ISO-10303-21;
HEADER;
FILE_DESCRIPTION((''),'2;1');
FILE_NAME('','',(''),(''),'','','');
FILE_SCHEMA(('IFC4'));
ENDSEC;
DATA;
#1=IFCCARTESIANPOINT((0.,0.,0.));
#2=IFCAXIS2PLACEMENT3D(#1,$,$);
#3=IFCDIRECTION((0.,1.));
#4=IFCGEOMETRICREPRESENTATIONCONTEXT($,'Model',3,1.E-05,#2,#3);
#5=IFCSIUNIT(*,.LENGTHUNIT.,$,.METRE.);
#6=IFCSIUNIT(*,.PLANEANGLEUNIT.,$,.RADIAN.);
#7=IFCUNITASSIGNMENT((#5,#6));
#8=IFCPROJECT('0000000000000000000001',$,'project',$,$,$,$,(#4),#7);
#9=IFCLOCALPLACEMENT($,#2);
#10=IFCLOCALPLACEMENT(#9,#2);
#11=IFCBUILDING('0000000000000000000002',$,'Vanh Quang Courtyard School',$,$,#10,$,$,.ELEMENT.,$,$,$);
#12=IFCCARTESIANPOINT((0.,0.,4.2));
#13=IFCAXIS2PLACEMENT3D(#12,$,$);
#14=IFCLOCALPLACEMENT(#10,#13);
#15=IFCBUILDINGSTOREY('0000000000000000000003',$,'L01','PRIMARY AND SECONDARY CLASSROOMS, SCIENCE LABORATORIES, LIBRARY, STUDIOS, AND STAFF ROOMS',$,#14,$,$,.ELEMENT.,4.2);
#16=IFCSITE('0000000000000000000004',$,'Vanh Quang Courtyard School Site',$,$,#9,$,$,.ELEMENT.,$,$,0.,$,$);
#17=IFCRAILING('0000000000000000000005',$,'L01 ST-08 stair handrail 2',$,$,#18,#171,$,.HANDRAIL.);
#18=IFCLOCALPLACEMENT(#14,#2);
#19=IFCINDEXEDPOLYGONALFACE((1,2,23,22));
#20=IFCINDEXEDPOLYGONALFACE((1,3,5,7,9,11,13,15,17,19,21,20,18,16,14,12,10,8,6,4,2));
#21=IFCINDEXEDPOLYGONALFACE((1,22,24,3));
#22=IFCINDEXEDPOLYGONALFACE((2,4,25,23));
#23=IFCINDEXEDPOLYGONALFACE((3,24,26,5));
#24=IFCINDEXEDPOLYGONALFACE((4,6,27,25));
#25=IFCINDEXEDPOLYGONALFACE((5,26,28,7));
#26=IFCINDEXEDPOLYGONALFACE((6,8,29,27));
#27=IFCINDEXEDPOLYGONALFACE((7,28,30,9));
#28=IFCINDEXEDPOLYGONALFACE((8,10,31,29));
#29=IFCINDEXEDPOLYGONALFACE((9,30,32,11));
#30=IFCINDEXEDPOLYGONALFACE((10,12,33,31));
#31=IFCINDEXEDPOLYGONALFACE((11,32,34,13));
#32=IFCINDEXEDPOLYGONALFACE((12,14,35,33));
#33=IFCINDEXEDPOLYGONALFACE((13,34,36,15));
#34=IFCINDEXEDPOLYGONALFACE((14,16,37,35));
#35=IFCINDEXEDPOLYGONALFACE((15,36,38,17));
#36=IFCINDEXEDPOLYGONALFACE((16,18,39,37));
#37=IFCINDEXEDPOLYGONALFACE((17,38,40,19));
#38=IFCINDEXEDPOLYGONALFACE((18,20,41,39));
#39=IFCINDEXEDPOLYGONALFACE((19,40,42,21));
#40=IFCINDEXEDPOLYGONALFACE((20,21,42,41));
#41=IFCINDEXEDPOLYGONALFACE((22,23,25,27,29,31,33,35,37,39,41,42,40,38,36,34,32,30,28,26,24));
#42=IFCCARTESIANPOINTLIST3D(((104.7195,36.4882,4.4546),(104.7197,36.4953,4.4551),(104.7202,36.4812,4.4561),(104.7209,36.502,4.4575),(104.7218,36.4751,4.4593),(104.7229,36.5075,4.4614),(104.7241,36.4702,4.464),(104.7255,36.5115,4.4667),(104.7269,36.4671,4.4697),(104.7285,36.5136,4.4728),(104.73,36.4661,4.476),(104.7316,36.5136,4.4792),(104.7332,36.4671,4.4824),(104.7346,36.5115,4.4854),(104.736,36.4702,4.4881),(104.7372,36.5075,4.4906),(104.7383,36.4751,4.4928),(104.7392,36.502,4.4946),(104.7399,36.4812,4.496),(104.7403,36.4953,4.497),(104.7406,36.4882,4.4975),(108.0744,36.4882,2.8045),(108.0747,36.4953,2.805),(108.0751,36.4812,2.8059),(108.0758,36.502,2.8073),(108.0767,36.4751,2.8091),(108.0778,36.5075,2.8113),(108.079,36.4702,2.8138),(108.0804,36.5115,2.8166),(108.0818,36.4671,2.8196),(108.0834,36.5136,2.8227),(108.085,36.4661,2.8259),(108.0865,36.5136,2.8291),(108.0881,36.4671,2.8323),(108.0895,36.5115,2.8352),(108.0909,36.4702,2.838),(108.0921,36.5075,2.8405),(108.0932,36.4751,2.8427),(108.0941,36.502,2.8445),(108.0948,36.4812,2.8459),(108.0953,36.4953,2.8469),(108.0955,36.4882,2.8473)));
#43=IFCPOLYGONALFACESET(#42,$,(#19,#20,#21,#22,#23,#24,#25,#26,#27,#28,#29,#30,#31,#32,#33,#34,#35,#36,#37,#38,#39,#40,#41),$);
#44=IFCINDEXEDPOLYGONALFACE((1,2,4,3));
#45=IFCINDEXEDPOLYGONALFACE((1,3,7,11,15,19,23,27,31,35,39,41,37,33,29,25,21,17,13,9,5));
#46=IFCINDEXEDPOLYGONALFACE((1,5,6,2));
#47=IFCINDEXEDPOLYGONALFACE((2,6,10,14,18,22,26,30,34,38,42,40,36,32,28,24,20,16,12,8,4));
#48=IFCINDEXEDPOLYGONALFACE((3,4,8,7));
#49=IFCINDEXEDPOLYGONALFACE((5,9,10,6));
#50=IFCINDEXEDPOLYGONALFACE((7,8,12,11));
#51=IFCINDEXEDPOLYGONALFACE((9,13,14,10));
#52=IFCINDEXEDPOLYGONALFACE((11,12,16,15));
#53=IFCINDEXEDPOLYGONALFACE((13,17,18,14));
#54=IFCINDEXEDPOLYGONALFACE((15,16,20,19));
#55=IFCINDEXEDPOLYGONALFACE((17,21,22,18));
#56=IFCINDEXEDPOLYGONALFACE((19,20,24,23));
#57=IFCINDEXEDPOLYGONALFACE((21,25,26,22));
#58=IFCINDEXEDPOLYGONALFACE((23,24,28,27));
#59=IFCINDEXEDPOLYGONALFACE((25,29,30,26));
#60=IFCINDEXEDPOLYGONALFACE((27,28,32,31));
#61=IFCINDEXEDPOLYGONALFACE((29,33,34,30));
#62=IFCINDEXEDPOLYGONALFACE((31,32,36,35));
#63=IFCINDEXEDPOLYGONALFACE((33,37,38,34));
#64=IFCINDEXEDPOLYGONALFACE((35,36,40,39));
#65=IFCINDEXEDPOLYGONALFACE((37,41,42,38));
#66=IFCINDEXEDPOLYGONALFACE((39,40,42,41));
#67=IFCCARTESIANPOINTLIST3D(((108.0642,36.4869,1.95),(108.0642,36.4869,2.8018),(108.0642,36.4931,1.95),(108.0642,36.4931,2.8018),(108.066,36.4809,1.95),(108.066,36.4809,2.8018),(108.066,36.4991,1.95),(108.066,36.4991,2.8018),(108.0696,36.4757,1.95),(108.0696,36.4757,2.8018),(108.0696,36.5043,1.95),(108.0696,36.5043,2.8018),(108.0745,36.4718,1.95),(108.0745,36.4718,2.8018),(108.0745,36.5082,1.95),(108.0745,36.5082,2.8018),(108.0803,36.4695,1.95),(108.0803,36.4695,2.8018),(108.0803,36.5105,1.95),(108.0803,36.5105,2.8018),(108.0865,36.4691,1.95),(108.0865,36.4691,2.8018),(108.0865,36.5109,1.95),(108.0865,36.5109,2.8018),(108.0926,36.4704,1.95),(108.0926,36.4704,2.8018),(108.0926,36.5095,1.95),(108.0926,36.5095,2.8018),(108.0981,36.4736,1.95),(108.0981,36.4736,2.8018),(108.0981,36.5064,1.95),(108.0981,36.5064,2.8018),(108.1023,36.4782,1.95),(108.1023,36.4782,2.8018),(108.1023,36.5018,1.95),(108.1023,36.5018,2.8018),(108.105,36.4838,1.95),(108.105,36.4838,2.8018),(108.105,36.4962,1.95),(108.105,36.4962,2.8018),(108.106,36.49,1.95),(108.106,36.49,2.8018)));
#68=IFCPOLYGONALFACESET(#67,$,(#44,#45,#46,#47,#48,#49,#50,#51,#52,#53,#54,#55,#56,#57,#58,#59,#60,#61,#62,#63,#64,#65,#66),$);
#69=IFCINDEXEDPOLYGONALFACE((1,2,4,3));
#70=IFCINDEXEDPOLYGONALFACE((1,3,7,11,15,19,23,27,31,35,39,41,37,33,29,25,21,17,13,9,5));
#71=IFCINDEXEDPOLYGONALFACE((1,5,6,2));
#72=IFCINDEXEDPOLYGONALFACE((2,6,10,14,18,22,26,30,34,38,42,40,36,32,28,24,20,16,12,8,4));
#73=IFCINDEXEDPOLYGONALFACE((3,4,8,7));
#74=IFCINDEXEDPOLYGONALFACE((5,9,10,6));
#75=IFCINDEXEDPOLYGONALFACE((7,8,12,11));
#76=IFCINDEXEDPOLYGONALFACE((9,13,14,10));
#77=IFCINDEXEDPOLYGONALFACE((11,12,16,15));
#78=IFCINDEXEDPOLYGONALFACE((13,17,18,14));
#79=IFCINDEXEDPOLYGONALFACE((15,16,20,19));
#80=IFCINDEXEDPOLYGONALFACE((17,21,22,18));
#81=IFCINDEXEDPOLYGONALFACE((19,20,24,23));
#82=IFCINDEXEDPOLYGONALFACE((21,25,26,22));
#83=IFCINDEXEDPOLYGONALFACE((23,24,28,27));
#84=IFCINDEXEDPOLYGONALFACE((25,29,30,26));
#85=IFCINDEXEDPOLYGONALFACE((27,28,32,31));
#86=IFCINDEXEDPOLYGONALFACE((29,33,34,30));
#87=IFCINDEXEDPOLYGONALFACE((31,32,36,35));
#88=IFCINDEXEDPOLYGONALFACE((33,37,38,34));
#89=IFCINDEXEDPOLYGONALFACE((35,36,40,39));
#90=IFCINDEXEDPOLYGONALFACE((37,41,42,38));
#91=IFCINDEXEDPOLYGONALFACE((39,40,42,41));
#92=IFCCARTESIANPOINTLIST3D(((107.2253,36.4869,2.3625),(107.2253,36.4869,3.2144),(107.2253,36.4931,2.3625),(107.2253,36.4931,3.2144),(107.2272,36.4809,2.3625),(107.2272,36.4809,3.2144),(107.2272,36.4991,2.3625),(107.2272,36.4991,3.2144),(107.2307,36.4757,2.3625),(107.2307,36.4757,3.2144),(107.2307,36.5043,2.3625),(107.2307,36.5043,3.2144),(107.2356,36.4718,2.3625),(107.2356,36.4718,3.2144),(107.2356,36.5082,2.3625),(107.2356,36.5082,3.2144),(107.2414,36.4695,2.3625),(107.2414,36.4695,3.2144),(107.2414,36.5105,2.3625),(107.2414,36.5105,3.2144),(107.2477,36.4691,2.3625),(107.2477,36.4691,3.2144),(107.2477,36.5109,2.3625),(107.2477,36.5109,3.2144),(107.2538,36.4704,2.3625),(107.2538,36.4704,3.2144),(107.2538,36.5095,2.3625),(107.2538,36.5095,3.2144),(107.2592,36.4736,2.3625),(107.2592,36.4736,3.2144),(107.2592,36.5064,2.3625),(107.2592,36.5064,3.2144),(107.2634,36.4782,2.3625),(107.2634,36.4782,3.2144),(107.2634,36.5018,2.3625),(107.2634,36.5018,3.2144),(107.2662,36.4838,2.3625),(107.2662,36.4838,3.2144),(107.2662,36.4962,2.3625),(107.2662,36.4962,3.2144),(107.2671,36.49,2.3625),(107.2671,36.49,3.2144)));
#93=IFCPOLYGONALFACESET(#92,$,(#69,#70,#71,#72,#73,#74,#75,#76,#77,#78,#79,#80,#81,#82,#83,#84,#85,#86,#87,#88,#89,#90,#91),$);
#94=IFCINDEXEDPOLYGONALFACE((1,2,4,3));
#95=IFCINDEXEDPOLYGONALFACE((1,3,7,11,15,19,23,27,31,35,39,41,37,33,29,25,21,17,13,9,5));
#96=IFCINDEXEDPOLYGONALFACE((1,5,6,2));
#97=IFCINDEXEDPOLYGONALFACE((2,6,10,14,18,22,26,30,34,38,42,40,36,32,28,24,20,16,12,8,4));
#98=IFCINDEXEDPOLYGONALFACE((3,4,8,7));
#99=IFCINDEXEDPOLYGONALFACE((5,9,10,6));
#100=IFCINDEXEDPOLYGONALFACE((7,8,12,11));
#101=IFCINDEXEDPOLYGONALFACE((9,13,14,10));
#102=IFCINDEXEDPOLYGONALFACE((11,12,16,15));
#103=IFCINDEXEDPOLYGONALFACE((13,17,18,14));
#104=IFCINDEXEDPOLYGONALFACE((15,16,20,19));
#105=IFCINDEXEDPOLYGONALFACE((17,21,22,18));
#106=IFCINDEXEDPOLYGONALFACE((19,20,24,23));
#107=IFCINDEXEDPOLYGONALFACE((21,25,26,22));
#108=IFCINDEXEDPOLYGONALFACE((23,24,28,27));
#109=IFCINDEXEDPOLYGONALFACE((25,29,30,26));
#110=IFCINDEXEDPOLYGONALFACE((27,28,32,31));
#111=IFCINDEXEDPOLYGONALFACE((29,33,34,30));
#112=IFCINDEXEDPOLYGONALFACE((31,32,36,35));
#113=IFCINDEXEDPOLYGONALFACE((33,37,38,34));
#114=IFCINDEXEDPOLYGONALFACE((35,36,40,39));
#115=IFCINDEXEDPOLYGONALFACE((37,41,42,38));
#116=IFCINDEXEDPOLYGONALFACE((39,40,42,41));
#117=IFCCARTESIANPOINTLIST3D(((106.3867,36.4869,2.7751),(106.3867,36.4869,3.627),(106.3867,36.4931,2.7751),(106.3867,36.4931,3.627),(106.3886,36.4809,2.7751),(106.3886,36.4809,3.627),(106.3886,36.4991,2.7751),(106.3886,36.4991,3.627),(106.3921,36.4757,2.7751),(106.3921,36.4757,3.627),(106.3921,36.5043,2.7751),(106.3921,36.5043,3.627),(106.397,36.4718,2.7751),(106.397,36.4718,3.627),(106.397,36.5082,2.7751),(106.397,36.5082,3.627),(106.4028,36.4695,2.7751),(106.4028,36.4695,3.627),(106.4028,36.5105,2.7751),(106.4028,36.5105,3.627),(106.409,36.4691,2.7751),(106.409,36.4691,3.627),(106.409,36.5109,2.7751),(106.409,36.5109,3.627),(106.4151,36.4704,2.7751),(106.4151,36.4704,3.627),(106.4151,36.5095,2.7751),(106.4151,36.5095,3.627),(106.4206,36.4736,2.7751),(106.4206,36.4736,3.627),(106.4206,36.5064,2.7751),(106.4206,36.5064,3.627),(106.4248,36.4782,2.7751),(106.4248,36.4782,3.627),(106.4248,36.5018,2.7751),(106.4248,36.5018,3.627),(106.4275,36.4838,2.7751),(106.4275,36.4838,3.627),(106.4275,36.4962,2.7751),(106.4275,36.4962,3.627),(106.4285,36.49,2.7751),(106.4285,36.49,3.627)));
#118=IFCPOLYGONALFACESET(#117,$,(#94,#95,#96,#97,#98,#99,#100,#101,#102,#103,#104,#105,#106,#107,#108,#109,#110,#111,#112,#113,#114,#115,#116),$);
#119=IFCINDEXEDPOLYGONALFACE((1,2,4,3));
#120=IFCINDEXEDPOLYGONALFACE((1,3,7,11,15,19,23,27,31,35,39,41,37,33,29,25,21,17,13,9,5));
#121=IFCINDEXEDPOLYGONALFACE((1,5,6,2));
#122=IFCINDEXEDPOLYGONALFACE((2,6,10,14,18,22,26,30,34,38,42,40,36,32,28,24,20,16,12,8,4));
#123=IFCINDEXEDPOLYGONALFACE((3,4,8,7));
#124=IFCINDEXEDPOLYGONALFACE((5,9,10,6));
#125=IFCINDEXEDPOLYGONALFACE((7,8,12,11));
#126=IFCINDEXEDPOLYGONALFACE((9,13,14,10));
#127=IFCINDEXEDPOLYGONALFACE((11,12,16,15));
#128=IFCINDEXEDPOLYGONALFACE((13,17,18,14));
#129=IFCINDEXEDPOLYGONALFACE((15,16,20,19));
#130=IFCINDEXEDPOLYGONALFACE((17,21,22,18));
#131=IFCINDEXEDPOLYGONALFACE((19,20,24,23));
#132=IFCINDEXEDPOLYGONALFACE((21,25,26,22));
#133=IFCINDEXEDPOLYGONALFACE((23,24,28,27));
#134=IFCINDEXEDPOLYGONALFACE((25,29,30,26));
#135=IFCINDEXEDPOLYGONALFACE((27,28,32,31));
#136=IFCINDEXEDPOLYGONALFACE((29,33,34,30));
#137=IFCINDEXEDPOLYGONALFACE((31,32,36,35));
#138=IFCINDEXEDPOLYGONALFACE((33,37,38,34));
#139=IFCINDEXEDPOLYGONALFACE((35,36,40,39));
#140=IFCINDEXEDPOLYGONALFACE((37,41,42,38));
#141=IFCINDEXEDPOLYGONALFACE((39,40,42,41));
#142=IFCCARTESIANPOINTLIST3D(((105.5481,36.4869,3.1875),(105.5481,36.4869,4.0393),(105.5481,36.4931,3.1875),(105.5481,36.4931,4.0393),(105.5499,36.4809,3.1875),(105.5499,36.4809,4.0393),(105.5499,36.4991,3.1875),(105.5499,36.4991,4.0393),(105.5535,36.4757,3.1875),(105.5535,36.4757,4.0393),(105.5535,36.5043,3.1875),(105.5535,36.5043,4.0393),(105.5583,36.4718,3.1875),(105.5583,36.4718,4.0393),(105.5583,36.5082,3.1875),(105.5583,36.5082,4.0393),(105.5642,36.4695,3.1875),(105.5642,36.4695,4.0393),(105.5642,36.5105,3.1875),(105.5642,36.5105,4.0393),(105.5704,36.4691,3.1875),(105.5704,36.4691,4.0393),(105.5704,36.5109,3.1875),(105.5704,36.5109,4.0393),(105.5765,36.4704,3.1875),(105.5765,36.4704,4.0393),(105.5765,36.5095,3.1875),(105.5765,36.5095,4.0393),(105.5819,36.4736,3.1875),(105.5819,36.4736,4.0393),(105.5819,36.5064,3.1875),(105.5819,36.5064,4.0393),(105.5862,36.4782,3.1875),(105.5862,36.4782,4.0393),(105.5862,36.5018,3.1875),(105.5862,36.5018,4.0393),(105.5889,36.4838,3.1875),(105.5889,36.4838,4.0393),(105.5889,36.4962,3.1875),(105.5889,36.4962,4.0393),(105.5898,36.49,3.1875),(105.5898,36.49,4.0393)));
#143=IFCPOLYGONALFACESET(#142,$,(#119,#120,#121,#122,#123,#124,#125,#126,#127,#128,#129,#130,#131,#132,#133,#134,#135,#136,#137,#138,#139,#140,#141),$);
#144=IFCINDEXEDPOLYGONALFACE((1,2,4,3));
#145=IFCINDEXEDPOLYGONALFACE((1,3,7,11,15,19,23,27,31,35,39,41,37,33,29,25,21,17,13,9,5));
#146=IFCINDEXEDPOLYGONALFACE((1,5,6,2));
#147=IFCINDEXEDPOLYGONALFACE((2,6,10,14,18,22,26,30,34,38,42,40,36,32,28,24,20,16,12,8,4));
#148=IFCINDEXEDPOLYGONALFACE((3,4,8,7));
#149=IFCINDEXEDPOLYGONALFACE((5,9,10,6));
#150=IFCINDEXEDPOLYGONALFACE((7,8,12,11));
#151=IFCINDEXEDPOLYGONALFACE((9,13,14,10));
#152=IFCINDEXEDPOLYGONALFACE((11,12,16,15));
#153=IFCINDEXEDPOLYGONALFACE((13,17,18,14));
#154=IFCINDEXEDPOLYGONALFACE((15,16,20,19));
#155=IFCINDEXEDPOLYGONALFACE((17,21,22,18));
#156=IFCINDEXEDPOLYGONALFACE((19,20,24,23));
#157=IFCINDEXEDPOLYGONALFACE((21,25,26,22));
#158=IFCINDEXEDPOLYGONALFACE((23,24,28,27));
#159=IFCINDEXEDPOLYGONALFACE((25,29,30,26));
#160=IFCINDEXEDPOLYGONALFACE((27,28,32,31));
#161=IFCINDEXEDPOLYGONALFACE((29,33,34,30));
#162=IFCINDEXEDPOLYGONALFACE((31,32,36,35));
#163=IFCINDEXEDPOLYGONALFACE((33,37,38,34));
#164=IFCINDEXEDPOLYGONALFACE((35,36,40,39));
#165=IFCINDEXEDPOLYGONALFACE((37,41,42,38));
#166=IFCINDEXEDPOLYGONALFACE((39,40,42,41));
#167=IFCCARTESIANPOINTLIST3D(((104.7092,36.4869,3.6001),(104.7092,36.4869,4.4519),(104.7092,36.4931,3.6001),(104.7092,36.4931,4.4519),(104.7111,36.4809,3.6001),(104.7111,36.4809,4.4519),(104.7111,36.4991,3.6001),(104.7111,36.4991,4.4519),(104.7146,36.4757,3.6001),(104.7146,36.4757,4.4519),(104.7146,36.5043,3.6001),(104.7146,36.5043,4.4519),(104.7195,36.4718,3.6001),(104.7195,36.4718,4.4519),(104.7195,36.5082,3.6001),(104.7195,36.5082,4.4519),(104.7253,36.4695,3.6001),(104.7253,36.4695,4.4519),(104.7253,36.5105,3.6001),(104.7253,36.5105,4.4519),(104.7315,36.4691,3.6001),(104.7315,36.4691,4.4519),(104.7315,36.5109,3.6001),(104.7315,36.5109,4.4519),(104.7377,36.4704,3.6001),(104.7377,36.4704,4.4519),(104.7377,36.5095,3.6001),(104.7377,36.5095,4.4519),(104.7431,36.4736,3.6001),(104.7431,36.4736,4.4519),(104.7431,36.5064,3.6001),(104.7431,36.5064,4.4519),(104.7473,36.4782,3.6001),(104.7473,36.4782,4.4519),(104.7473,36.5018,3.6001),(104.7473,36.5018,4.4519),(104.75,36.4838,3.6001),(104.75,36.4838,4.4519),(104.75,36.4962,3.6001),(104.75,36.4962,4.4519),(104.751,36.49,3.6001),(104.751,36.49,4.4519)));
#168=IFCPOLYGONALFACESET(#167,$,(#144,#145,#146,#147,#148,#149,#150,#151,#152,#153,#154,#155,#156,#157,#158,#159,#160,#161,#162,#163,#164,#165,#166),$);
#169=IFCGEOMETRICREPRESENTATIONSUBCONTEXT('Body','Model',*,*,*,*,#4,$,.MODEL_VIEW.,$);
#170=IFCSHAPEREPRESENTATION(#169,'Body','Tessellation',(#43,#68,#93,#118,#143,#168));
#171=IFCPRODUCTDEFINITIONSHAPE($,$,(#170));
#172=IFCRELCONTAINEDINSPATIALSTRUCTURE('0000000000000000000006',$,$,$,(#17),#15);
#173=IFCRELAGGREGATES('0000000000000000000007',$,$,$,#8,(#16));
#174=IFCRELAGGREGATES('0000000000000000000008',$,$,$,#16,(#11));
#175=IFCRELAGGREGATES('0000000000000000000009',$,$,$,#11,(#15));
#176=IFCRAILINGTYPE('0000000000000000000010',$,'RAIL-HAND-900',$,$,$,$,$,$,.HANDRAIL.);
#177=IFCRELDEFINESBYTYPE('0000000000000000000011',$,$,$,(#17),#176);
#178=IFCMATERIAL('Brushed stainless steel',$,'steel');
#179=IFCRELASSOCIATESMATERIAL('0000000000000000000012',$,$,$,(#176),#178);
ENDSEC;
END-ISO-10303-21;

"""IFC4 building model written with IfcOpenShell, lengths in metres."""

from ifc_helpers import new_model, si_unit, direction, frame, origin, origin_2d, place, context, subcontext, project, spatial, circle, extrude, material, type_object, element, save


model = new_model("IFC4")

# Units and contexts
model_context = context("Model", 3, precision=1e-05, world=origin(), true_north=direction((0.0, 1.0)))
body_context = subcontext(model_context, "Body", "Model", "MODEL_VIEW")
ifc_project = project(units=[si_unit("LENGTHUNIT", "METRE"), si_unit("PLANEANGLEUNIT", "RADIAN")], contexts=[model_context])

# Site, building, storey
site_placement = place(None, origin())
site = spatial("IfcSite", under=ifc_project, at=site_placement, Name="Vanh Quang Courtyard School Site", CompositionType="ELEMENT", RefElevation=0.0)
building_placement = place(site_placement, origin())
building = spatial("IfcBuilding", under=site, at=building_placement, Name="Vanh Quang Courtyard School", CompositionType="ELEMENT")
storey_placement = place(building_placement, frame((0.0, 0.0, 4.2)))
storey = spatial("IfcBuildingStorey", under=building, at=storey_placement, Name="L01", Description="PRIMARY AND SECONDARY CLASSROOMS, SCIENCE LABORATORIES, LIBRARY, STUDIOS, AND STAFF ROOMS", CompositionType="ELEMENT", Elevation=4.2)

# Railing
ifc_material_1 = material(Name="Brushed stainless steel", Category="steel")
railing_type_1 = type_object("IfcRailingType", Name="RAIL-HAND-900", PredefinedType="HANDRAIL", material=ifc_material_1)
railing_1_placement = place(storey_placement, frame((108.085, 36.49, 1.95)))
element("IfcRailing", 1, at=railing_1_placement, inside=storey, type_object=railing_type_1, Name="L01 ST-08 stair handrail 2", PredefinedType="HANDRAIL", context=body_context, shape_type="SweptSolid", body=[
    extrude(circle(Radius=0.0239, at=origin_2d()), frame((0.0, 0.0, 0.876), z_axis=(-0.897333, 0.0, 0.441353), x_axis=(0.0, -1.0, 0.0)), (0.0, 0.0, 1.0), 3.7388),
    extrude(circle(Radius=0.021, at=origin_2d()), origin(), (0.0, 0.0, 1.0), 0.8518),
    extrude(circle(Radius=0.021, at=origin_2d()), frame((-0.8389, 0.0, 0.4126)), (0.0, 0.0, 1.0), 0.8518),
    extrude(circle(Radius=0.021, at=origin_2d()), frame((-1.6775, 0.0, 0.8252)), (0.0, 0.0, 1.0), 0.8518),
    extrude(circle(Radius=0.021, at=origin_2d()), frame((-2.5161, 0.0, 1.2375)), (0.0, 0.0, 1.0), 0.8518),
    extrude(circle(Radius=0.021, at=origin_2d()), frame((-3.355, 0.0, 1.6501)), (0.0, 0.0, 1.0), 0.8518),
])

save(model, "model.ifc")
